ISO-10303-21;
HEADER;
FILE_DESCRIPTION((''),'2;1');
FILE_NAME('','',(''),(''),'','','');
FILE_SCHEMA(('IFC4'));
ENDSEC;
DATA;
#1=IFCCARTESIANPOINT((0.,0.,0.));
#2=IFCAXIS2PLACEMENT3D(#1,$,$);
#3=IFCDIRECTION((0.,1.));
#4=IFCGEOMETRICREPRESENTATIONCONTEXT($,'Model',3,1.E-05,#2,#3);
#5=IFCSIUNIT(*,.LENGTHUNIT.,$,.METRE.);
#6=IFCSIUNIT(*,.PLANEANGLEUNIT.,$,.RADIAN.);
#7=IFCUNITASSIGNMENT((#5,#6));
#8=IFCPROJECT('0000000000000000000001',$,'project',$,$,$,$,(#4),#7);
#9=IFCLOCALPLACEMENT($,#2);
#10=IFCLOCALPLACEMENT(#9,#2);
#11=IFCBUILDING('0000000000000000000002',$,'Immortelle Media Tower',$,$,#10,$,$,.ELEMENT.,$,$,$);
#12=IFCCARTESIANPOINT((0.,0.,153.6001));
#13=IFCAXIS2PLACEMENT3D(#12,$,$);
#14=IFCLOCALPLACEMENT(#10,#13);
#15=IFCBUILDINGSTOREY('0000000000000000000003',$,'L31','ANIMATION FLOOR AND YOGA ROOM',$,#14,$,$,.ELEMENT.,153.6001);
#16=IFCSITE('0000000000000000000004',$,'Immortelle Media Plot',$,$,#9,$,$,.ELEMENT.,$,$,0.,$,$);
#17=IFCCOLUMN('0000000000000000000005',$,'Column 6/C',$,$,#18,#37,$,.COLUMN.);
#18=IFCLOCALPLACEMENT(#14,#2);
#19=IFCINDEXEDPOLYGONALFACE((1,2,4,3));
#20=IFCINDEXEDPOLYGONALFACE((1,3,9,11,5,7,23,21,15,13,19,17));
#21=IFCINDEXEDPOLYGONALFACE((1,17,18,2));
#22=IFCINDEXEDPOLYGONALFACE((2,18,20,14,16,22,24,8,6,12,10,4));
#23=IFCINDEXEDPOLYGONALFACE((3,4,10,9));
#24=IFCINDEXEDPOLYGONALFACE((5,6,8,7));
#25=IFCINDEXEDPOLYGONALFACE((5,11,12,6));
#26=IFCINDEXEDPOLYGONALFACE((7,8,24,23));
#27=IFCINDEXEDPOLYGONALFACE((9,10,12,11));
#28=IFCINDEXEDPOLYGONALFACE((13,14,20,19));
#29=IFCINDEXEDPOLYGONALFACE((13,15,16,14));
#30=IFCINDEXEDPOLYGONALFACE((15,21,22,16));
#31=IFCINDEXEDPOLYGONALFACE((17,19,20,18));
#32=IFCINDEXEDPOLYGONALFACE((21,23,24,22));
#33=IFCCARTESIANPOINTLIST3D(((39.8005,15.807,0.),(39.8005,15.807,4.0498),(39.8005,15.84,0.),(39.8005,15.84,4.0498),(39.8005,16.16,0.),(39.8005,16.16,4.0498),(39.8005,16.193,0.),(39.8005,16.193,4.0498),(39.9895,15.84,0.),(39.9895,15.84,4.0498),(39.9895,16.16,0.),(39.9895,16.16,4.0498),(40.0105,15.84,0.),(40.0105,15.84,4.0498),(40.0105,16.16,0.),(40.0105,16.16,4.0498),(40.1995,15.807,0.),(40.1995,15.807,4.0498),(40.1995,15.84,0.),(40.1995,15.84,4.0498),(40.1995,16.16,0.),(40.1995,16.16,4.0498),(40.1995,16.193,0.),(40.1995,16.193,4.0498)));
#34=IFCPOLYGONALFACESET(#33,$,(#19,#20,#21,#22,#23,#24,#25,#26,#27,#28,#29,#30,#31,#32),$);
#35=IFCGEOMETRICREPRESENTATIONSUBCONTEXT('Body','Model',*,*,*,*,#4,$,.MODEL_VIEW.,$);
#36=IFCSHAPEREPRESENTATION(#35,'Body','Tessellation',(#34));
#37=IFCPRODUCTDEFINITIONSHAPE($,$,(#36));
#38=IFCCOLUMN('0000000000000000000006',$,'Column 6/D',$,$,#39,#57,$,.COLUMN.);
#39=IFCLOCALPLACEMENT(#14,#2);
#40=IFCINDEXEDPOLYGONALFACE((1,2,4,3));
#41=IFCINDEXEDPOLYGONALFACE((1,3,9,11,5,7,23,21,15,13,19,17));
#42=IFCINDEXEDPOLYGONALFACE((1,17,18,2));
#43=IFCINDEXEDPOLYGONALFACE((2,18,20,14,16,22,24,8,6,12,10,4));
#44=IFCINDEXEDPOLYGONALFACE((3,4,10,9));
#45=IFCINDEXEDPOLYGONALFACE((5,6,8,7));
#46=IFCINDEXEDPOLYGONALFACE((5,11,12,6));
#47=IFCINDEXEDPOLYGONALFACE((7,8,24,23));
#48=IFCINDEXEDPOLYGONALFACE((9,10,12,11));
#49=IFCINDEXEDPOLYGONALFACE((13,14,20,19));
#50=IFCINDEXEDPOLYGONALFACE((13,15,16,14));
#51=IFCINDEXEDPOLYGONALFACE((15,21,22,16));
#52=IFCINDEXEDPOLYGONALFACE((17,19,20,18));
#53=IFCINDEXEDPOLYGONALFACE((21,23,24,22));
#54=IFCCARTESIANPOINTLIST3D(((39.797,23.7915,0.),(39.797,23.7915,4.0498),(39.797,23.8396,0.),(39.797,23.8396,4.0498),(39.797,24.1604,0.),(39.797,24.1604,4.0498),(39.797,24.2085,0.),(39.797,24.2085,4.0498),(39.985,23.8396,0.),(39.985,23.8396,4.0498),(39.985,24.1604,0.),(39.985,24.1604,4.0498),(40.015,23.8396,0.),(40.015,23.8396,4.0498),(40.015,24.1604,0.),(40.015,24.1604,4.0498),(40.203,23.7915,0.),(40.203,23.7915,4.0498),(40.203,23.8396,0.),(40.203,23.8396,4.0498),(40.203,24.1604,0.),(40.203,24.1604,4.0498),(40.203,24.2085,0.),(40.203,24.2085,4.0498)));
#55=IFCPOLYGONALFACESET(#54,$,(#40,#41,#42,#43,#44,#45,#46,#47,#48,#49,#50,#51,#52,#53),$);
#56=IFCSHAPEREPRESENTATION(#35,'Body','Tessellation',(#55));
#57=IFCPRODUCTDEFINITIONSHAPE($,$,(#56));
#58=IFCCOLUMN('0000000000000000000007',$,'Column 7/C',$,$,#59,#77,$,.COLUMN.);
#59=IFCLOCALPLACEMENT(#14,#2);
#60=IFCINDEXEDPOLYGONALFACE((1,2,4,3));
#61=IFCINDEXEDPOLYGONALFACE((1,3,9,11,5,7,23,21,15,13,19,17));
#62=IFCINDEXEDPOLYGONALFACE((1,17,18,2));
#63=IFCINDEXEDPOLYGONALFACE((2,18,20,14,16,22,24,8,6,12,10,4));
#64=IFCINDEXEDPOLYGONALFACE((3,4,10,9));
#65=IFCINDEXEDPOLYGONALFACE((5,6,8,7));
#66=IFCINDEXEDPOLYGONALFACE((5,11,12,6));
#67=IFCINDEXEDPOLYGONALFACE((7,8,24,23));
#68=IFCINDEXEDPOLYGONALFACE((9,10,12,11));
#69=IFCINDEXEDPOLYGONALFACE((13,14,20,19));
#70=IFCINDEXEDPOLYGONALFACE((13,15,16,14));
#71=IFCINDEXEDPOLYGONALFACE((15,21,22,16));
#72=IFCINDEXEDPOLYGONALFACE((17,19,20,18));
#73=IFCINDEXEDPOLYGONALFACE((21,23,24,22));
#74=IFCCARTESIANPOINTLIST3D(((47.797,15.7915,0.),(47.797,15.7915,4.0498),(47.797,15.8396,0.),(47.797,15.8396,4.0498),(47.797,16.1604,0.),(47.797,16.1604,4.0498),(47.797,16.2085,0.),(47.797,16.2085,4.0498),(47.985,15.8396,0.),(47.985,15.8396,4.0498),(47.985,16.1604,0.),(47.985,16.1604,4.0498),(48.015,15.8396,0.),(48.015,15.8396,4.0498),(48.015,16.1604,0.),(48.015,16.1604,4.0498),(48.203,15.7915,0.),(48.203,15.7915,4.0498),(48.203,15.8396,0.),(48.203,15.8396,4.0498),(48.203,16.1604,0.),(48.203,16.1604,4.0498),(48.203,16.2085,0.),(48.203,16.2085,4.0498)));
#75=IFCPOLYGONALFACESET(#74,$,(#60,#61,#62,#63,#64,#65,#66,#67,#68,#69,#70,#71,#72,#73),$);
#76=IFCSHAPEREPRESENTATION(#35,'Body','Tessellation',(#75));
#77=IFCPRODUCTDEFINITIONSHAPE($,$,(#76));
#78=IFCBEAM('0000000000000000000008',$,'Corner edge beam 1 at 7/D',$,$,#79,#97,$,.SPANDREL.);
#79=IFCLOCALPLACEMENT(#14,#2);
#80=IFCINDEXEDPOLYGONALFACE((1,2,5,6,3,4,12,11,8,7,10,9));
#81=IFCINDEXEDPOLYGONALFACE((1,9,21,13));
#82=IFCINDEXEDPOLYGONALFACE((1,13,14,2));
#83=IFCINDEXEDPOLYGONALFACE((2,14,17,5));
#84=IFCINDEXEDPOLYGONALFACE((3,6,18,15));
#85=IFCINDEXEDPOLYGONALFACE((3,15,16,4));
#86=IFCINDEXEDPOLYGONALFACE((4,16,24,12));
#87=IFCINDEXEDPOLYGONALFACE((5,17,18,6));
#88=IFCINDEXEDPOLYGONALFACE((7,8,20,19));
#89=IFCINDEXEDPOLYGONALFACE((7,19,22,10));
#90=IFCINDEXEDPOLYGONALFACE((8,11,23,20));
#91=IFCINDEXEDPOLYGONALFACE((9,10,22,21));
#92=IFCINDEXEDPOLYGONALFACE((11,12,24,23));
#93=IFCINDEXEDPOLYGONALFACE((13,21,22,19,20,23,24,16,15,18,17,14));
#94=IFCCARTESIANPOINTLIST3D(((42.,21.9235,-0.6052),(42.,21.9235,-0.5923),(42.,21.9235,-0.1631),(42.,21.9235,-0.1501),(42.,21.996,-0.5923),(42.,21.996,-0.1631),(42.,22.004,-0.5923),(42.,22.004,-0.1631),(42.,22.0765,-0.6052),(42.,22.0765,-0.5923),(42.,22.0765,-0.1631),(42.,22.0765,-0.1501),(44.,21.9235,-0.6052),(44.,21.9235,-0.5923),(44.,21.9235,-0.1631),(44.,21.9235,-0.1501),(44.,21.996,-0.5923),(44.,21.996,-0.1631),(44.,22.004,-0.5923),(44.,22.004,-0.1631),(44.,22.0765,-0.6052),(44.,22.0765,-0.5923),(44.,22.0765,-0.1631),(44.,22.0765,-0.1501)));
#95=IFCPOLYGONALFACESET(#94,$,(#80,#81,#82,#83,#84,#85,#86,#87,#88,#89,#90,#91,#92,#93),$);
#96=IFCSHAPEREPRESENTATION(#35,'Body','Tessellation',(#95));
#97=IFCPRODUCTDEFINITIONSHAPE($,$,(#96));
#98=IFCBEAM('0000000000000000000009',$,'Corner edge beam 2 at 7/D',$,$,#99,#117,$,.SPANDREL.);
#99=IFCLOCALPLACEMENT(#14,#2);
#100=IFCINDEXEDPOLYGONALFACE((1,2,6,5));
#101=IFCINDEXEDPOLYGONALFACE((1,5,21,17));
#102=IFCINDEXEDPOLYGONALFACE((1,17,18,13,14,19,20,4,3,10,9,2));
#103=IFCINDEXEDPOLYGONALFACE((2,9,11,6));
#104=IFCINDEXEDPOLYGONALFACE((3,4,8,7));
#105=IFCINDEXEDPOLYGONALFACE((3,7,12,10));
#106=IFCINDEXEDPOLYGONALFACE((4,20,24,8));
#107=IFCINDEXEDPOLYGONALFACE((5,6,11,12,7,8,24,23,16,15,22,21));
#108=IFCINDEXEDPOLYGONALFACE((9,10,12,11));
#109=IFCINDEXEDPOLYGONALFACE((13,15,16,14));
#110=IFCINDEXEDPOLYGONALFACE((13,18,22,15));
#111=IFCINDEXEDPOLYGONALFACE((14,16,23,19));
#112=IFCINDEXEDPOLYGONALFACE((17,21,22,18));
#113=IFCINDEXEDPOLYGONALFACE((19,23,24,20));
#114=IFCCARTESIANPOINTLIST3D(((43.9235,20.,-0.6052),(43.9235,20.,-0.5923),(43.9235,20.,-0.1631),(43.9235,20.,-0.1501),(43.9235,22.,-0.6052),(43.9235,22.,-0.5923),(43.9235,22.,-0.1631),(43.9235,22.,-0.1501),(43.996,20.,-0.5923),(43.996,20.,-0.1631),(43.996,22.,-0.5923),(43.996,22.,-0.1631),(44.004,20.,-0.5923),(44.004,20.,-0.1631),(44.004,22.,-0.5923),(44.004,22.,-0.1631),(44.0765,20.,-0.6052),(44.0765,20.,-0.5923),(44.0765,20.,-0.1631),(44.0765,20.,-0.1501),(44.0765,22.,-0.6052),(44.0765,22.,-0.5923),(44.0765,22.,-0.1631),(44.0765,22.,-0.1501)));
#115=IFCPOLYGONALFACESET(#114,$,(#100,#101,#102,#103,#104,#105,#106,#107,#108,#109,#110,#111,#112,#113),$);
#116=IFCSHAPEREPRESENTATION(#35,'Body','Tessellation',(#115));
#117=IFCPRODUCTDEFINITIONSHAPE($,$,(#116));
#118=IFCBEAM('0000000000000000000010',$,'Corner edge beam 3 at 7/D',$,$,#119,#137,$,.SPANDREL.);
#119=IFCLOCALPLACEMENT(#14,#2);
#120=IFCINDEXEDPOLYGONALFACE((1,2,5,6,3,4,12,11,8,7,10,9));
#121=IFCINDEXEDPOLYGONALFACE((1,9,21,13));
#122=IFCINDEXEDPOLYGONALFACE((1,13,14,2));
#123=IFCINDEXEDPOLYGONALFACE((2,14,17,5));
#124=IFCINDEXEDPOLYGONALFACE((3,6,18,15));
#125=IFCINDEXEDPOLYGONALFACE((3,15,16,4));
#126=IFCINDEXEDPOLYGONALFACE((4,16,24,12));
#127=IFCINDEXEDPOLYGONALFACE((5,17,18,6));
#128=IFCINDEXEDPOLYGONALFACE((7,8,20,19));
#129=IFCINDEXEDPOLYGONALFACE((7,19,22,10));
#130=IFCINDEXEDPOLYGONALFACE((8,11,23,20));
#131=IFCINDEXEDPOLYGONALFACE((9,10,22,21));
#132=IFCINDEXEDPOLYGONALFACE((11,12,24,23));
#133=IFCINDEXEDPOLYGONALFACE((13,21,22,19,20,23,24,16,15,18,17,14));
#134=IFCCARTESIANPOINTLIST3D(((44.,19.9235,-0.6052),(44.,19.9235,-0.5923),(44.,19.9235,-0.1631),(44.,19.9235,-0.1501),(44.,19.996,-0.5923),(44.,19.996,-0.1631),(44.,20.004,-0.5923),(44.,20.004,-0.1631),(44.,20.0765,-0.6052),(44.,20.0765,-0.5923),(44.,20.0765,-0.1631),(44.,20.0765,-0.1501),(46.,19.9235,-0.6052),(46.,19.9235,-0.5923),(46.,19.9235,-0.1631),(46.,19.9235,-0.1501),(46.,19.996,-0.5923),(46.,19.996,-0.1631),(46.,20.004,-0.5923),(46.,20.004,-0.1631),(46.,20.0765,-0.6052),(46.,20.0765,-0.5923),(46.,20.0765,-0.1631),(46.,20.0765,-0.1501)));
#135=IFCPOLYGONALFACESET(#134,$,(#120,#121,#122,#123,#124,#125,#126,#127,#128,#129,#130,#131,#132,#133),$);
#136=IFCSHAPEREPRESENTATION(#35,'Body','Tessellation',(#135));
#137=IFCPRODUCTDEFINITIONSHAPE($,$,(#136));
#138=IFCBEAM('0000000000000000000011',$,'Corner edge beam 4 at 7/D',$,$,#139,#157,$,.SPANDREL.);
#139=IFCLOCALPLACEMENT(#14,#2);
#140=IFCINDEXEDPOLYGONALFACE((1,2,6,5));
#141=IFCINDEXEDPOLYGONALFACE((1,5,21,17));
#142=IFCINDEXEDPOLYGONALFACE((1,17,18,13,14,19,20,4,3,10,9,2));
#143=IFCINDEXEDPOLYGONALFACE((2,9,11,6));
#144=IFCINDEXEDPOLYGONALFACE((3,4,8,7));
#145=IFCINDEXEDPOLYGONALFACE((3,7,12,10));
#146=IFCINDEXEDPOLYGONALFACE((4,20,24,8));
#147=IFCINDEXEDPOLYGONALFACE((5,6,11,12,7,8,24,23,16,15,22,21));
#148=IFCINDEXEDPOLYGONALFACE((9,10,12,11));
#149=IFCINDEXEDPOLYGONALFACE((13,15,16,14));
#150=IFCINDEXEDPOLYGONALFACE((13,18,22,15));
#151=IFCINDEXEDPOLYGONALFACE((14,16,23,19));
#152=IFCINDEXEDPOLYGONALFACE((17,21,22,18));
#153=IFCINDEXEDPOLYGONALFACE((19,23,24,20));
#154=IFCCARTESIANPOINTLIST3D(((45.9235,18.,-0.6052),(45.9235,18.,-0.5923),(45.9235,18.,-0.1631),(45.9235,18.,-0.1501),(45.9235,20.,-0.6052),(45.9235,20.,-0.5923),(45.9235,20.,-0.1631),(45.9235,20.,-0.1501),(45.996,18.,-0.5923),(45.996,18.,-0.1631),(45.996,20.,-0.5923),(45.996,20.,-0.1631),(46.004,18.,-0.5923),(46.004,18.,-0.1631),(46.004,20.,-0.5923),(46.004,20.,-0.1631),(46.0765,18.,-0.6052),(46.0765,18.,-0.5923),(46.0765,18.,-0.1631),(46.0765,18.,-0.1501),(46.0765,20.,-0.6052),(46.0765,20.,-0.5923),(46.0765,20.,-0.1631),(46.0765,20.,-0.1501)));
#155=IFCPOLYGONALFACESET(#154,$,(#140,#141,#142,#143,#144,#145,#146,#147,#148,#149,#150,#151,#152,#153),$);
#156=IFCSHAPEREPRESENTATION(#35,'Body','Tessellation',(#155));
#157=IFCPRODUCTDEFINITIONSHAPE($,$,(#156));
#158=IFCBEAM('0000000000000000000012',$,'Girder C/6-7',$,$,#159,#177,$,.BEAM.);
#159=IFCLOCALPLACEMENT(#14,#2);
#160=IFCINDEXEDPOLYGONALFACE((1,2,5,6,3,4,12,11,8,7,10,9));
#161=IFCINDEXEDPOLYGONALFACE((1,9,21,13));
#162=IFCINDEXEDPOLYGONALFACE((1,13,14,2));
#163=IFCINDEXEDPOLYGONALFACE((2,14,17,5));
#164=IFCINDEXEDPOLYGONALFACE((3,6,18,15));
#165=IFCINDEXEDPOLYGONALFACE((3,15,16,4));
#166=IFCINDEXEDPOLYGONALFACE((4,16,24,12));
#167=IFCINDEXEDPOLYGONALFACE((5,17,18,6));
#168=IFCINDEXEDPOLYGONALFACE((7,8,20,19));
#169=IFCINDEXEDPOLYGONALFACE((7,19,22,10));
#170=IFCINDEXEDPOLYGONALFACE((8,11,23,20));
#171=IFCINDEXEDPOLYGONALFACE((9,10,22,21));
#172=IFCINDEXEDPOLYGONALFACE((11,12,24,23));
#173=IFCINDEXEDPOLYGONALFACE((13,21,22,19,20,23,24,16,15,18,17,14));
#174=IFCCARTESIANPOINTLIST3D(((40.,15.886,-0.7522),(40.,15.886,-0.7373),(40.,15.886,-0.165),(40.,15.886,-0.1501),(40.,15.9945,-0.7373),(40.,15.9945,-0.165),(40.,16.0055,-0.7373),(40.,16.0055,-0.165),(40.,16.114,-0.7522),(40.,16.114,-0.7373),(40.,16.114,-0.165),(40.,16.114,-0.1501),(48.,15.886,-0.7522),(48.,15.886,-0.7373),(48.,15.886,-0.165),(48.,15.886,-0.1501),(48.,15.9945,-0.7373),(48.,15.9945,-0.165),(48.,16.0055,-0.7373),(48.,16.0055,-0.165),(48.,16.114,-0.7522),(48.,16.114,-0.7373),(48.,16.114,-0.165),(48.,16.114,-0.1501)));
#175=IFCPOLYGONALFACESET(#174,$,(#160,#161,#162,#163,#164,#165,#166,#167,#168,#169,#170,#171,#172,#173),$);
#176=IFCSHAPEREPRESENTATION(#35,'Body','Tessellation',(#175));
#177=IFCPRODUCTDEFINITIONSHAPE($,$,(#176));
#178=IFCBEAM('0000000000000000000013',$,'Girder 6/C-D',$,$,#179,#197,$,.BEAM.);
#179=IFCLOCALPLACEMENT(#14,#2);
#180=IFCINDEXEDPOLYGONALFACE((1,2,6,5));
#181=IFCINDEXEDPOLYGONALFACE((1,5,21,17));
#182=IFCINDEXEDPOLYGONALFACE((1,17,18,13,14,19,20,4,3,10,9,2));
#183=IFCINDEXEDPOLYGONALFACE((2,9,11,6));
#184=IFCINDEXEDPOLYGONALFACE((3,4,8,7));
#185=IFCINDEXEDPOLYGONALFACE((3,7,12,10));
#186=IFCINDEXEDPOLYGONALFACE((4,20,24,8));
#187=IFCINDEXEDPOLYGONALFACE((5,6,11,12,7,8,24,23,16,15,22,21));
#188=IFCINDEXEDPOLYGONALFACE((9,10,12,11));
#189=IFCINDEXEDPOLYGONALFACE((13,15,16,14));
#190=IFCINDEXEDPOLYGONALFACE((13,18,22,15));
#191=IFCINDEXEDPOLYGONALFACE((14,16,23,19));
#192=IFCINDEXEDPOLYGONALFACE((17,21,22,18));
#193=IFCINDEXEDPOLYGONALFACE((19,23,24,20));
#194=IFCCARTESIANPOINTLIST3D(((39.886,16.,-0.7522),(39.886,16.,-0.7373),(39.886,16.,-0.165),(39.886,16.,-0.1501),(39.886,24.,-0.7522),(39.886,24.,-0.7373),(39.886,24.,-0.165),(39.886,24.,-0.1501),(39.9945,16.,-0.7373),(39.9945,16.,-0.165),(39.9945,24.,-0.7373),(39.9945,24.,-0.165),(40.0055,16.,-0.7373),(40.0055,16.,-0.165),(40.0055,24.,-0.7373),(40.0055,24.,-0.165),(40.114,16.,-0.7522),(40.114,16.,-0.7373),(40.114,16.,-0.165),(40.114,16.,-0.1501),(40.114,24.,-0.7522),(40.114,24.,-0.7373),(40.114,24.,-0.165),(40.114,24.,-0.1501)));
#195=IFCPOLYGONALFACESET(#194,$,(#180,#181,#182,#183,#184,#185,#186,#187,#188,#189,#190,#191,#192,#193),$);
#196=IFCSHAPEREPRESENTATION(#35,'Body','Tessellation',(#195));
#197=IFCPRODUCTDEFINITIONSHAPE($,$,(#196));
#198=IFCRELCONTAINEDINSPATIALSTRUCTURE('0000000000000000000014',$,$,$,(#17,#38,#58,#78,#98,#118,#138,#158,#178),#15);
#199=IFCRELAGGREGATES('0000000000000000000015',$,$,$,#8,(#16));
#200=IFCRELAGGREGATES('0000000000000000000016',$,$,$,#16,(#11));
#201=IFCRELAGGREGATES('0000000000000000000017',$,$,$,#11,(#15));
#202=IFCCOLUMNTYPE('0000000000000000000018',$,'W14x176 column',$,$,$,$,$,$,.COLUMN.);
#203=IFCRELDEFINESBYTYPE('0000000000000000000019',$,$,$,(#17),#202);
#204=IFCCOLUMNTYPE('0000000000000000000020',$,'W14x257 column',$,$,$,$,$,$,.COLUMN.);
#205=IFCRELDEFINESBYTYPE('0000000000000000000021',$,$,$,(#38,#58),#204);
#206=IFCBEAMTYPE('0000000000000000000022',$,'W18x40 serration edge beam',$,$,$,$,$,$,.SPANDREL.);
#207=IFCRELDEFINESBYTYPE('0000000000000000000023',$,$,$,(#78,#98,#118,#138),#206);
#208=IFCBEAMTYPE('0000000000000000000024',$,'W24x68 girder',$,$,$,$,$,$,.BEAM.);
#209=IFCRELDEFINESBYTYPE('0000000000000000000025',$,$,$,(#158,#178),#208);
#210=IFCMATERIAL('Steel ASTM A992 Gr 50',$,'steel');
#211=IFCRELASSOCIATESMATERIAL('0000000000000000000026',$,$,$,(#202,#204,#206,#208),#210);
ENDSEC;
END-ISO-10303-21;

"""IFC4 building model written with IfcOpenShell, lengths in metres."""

from ifc_helpers import new_model, si_unit, direction, frame, origin, origin_2d, place, context, subcontext, project, spatial, i_section, extrude, material, material_profile, profile_set, type_object, element, save


model = new_model("IFC4")

# Units and contexts
model_context = context("Model", 3, precision=1e-05, world=origin(), true_north=direction((0.0, 1.0)))
body_context = subcontext(model_context, "Body", "Model", "MODEL_VIEW")
ifc_project = project(units=[si_unit("LENGTHUNIT", "METRE"), si_unit("PLANEANGLEUNIT", "RADIAN")], contexts=[model_context])

# Site, building, storey
site_placement = place(None, origin())
site = spatial("IfcSite", under=ifc_project, at=site_placement, Name="Immortelle Media Plot", CompositionType="ELEMENT", RefElevation=0.0)
building_placement = place(site_placement, origin())
building = spatial("IfcBuilding", under=site, at=building_placement, Name="Immortelle Media Tower", CompositionType="ELEMENT")
storey_placement = place(building_placement, frame((0.0, 0.0, 153.6001)))
storey = spatial("IfcBuildingStorey", under=building, at=storey_placement, Name="L31", Description="ANIMATION FLOOR AND YOGA ROOM", CompositionType="ELEMENT", Elevation=153.6001)

# Columns
ifc_material_1 = material(Name="Steel ASTM A992 Gr 50", Category="steel")
ifc_material_profile_1 = material_profile(ifc_material_1, i_section(OverallWidth=0.3989, OverallDepth=0.386, WebThickness=0.021, FlangeThickness=0.033, at=origin_2d()), Name="W14x176")
ifc_profile_set_1 = profile_set([ifc_material_profile_1], Name="Steel ASTM A992 Gr 50")
column_type_1 = type_object("IfcColumnType", Name="W14x176 column", PredefinedType="COLUMN", material=ifc_profile_set_1)
column_placement = place(storey_placement, frame((40.0, 16.0, 0.0), z_axis=(0.0, 0.0, 1.0), x_axis=(1.0, 0.0, 0.0)))
element("IfcColumn", 1, at=column_placement, inside=storey, type_object=column_type_1, Name="Column 6/C", PredefinedType="COLUMN", context=body_context, shape_type="SweptSolid", body=[
    extrude(i_section(OverallWidth=0.3989, OverallDepth=0.386, WebThickness=0.021, FlangeThickness=0.033, at=origin_2d()), origin(), (0.0, 0.0, 1.0), 4.0498),
])
ifc_material_profile_2 = material_profile(ifc_material_1, i_section(OverallWidth=0.406, OverallDepth=0.417, WebThickness=0.03, FlangeThickness=0.0481, at=origin_2d()), Name="W14x257")
ifc_profile_set_2 = profile_set([ifc_material_profile_2], Name="Steel ASTM A992 Gr 50")
column_type_2 = type_object("IfcColumnType", Name="W14x257 column", PredefinedType="COLUMN", material=ifc_profile_set_2)
for number, where, z_axis, x_axis, name in (
    (2, (40.0, 24.0, 0.0), (0.0, 0.0, 1.0), (1.0, 0.0, 0.0), "Column 6/D"),
    (3, (48.0, 16.0, 0.0), (0.0, 0.0, 1.0), (1.0, 0.0, 0.0), "Column 7/C"),
):
    element("IfcColumn", number, at=place(storey_placement, frame(where, z_axis=z_axis, x_axis=x_axis)), inside=storey, type_object=column_type_2, Name=name, PredefinedType="COLUMN", context=body_context, shape_type="SweptSolid", body=[
        extrude(i_section(OverallWidth=0.406, OverallDepth=0.417, WebThickness=0.03, FlangeThickness=0.0481, at=origin_2d()), origin(), (0.0, 0.0, 1.0), 4.0498),
    ])

# Beams
ifc_material_profile_3 = material_profile(ifc_material_1, i_section(OverallWidth=0.1531, OverallDepth=0.4551, WebThickness=0.0081, FlangeThickness=0.0129, at=origin_2d()), Name="W18x40")
ifc_profile_set_3 = profile_set([ifc_material_profile_3], Name="Steel ASTM A992 Gr 50")
beam_type_1 = type_object("IfcBeamType", Name="W18x40 serration edge beam", PredefinedType="SPANDREL", material=ifc_profile_set_3)
for number, where, z_axis, x_axis, name in (
    (4, (42.0, 22.0, -0.3777), (1.0, 0.0, 0.0), (0.0, 1.0, 0.0), "Corner edge beam 1 at 7/D"),
    (5, (44.0, 22.0, -0.3777), (0.0, -1.0, 0.0), (1.0, 0.0, 0.0), "Corner edge beam 2 at 7/D"),
    (6, (44.0, 20.0, -0.3777), (1.0, 0.0, 0.0), (0.0, 1.0, 0.0), "Corner edge beam 3 at 7/D"),
    (7, (46.0, 20.0, -0.3777), (0.0, -1.0, 0.0), (1.0, 0.0, 0.0), "Corner edge beam 4 at 7/D"),
):
    element("IfcBeam", number, at=place(storey_placement, frame(where, z_axis=z_axis, x_axis=x_axis)), inside=storey, type_object=beam_type_1, Name=name, PredefinedType="SPANDREL", context=body_context, shape_type="SweptSolid", body=[
        extrude(i_section(OverallWidth=0.1531, OverallDepth=0.4551, WebThickness=0.0081, FlangeThickness=0.0129, at=origin_2d()), origin(), (0.0, 0.0, 1.0), 2.0),
    ])
ifc_material_profile_4 = material_profile(ifc_material_1, i_section(OverallWidth=0.228, OverallDepth=0.6021, WebThickness=0.011, FlangeThickness=0.0149, at=origin_2d()), Name="W24x68")
ifc_profile_set_4 = profile_set([ifc_material_profile_4], Name="Steel ASTM A992 Gr 50")
beam_type_2 = type_object("IfcBeamType", Name="W24x68 girder", PredefinedType="BEAM", material=ifc_profile_set_4)
for number, where, z_axis, x_axis, name in (
    (8, (40.0, 16.0, -0.4512), (1.0, 0.0, 0.0), (0.0, 1.0, 0.0), "Girder C/6-7"),
    (9, (40.0, 16.0, -0.4512), (0.0, 1.0, 0.0), (-1.0, 0.0, 0.0), "Girder 6/C-D"),
):
    element("IfcBeam", number, at=place(storey_placement, frame(where, z_axis=z_axis, x_axis=x_axis)), inside=storey, type_object=beam_type_2, Name=name, PredefinedType="BEAM", context=body_context, shape_type="SweptSolid", body=[
        extrude(i_section(OverallWidth=0.228, OverallDepth=0.6021, WebThickness=0.011, FlangeThickness=0.0149, at=origin_2d()), origin(), (0.0, 0.0, 1.0), 8.0),
    ])

save(model, "model.ifc")
